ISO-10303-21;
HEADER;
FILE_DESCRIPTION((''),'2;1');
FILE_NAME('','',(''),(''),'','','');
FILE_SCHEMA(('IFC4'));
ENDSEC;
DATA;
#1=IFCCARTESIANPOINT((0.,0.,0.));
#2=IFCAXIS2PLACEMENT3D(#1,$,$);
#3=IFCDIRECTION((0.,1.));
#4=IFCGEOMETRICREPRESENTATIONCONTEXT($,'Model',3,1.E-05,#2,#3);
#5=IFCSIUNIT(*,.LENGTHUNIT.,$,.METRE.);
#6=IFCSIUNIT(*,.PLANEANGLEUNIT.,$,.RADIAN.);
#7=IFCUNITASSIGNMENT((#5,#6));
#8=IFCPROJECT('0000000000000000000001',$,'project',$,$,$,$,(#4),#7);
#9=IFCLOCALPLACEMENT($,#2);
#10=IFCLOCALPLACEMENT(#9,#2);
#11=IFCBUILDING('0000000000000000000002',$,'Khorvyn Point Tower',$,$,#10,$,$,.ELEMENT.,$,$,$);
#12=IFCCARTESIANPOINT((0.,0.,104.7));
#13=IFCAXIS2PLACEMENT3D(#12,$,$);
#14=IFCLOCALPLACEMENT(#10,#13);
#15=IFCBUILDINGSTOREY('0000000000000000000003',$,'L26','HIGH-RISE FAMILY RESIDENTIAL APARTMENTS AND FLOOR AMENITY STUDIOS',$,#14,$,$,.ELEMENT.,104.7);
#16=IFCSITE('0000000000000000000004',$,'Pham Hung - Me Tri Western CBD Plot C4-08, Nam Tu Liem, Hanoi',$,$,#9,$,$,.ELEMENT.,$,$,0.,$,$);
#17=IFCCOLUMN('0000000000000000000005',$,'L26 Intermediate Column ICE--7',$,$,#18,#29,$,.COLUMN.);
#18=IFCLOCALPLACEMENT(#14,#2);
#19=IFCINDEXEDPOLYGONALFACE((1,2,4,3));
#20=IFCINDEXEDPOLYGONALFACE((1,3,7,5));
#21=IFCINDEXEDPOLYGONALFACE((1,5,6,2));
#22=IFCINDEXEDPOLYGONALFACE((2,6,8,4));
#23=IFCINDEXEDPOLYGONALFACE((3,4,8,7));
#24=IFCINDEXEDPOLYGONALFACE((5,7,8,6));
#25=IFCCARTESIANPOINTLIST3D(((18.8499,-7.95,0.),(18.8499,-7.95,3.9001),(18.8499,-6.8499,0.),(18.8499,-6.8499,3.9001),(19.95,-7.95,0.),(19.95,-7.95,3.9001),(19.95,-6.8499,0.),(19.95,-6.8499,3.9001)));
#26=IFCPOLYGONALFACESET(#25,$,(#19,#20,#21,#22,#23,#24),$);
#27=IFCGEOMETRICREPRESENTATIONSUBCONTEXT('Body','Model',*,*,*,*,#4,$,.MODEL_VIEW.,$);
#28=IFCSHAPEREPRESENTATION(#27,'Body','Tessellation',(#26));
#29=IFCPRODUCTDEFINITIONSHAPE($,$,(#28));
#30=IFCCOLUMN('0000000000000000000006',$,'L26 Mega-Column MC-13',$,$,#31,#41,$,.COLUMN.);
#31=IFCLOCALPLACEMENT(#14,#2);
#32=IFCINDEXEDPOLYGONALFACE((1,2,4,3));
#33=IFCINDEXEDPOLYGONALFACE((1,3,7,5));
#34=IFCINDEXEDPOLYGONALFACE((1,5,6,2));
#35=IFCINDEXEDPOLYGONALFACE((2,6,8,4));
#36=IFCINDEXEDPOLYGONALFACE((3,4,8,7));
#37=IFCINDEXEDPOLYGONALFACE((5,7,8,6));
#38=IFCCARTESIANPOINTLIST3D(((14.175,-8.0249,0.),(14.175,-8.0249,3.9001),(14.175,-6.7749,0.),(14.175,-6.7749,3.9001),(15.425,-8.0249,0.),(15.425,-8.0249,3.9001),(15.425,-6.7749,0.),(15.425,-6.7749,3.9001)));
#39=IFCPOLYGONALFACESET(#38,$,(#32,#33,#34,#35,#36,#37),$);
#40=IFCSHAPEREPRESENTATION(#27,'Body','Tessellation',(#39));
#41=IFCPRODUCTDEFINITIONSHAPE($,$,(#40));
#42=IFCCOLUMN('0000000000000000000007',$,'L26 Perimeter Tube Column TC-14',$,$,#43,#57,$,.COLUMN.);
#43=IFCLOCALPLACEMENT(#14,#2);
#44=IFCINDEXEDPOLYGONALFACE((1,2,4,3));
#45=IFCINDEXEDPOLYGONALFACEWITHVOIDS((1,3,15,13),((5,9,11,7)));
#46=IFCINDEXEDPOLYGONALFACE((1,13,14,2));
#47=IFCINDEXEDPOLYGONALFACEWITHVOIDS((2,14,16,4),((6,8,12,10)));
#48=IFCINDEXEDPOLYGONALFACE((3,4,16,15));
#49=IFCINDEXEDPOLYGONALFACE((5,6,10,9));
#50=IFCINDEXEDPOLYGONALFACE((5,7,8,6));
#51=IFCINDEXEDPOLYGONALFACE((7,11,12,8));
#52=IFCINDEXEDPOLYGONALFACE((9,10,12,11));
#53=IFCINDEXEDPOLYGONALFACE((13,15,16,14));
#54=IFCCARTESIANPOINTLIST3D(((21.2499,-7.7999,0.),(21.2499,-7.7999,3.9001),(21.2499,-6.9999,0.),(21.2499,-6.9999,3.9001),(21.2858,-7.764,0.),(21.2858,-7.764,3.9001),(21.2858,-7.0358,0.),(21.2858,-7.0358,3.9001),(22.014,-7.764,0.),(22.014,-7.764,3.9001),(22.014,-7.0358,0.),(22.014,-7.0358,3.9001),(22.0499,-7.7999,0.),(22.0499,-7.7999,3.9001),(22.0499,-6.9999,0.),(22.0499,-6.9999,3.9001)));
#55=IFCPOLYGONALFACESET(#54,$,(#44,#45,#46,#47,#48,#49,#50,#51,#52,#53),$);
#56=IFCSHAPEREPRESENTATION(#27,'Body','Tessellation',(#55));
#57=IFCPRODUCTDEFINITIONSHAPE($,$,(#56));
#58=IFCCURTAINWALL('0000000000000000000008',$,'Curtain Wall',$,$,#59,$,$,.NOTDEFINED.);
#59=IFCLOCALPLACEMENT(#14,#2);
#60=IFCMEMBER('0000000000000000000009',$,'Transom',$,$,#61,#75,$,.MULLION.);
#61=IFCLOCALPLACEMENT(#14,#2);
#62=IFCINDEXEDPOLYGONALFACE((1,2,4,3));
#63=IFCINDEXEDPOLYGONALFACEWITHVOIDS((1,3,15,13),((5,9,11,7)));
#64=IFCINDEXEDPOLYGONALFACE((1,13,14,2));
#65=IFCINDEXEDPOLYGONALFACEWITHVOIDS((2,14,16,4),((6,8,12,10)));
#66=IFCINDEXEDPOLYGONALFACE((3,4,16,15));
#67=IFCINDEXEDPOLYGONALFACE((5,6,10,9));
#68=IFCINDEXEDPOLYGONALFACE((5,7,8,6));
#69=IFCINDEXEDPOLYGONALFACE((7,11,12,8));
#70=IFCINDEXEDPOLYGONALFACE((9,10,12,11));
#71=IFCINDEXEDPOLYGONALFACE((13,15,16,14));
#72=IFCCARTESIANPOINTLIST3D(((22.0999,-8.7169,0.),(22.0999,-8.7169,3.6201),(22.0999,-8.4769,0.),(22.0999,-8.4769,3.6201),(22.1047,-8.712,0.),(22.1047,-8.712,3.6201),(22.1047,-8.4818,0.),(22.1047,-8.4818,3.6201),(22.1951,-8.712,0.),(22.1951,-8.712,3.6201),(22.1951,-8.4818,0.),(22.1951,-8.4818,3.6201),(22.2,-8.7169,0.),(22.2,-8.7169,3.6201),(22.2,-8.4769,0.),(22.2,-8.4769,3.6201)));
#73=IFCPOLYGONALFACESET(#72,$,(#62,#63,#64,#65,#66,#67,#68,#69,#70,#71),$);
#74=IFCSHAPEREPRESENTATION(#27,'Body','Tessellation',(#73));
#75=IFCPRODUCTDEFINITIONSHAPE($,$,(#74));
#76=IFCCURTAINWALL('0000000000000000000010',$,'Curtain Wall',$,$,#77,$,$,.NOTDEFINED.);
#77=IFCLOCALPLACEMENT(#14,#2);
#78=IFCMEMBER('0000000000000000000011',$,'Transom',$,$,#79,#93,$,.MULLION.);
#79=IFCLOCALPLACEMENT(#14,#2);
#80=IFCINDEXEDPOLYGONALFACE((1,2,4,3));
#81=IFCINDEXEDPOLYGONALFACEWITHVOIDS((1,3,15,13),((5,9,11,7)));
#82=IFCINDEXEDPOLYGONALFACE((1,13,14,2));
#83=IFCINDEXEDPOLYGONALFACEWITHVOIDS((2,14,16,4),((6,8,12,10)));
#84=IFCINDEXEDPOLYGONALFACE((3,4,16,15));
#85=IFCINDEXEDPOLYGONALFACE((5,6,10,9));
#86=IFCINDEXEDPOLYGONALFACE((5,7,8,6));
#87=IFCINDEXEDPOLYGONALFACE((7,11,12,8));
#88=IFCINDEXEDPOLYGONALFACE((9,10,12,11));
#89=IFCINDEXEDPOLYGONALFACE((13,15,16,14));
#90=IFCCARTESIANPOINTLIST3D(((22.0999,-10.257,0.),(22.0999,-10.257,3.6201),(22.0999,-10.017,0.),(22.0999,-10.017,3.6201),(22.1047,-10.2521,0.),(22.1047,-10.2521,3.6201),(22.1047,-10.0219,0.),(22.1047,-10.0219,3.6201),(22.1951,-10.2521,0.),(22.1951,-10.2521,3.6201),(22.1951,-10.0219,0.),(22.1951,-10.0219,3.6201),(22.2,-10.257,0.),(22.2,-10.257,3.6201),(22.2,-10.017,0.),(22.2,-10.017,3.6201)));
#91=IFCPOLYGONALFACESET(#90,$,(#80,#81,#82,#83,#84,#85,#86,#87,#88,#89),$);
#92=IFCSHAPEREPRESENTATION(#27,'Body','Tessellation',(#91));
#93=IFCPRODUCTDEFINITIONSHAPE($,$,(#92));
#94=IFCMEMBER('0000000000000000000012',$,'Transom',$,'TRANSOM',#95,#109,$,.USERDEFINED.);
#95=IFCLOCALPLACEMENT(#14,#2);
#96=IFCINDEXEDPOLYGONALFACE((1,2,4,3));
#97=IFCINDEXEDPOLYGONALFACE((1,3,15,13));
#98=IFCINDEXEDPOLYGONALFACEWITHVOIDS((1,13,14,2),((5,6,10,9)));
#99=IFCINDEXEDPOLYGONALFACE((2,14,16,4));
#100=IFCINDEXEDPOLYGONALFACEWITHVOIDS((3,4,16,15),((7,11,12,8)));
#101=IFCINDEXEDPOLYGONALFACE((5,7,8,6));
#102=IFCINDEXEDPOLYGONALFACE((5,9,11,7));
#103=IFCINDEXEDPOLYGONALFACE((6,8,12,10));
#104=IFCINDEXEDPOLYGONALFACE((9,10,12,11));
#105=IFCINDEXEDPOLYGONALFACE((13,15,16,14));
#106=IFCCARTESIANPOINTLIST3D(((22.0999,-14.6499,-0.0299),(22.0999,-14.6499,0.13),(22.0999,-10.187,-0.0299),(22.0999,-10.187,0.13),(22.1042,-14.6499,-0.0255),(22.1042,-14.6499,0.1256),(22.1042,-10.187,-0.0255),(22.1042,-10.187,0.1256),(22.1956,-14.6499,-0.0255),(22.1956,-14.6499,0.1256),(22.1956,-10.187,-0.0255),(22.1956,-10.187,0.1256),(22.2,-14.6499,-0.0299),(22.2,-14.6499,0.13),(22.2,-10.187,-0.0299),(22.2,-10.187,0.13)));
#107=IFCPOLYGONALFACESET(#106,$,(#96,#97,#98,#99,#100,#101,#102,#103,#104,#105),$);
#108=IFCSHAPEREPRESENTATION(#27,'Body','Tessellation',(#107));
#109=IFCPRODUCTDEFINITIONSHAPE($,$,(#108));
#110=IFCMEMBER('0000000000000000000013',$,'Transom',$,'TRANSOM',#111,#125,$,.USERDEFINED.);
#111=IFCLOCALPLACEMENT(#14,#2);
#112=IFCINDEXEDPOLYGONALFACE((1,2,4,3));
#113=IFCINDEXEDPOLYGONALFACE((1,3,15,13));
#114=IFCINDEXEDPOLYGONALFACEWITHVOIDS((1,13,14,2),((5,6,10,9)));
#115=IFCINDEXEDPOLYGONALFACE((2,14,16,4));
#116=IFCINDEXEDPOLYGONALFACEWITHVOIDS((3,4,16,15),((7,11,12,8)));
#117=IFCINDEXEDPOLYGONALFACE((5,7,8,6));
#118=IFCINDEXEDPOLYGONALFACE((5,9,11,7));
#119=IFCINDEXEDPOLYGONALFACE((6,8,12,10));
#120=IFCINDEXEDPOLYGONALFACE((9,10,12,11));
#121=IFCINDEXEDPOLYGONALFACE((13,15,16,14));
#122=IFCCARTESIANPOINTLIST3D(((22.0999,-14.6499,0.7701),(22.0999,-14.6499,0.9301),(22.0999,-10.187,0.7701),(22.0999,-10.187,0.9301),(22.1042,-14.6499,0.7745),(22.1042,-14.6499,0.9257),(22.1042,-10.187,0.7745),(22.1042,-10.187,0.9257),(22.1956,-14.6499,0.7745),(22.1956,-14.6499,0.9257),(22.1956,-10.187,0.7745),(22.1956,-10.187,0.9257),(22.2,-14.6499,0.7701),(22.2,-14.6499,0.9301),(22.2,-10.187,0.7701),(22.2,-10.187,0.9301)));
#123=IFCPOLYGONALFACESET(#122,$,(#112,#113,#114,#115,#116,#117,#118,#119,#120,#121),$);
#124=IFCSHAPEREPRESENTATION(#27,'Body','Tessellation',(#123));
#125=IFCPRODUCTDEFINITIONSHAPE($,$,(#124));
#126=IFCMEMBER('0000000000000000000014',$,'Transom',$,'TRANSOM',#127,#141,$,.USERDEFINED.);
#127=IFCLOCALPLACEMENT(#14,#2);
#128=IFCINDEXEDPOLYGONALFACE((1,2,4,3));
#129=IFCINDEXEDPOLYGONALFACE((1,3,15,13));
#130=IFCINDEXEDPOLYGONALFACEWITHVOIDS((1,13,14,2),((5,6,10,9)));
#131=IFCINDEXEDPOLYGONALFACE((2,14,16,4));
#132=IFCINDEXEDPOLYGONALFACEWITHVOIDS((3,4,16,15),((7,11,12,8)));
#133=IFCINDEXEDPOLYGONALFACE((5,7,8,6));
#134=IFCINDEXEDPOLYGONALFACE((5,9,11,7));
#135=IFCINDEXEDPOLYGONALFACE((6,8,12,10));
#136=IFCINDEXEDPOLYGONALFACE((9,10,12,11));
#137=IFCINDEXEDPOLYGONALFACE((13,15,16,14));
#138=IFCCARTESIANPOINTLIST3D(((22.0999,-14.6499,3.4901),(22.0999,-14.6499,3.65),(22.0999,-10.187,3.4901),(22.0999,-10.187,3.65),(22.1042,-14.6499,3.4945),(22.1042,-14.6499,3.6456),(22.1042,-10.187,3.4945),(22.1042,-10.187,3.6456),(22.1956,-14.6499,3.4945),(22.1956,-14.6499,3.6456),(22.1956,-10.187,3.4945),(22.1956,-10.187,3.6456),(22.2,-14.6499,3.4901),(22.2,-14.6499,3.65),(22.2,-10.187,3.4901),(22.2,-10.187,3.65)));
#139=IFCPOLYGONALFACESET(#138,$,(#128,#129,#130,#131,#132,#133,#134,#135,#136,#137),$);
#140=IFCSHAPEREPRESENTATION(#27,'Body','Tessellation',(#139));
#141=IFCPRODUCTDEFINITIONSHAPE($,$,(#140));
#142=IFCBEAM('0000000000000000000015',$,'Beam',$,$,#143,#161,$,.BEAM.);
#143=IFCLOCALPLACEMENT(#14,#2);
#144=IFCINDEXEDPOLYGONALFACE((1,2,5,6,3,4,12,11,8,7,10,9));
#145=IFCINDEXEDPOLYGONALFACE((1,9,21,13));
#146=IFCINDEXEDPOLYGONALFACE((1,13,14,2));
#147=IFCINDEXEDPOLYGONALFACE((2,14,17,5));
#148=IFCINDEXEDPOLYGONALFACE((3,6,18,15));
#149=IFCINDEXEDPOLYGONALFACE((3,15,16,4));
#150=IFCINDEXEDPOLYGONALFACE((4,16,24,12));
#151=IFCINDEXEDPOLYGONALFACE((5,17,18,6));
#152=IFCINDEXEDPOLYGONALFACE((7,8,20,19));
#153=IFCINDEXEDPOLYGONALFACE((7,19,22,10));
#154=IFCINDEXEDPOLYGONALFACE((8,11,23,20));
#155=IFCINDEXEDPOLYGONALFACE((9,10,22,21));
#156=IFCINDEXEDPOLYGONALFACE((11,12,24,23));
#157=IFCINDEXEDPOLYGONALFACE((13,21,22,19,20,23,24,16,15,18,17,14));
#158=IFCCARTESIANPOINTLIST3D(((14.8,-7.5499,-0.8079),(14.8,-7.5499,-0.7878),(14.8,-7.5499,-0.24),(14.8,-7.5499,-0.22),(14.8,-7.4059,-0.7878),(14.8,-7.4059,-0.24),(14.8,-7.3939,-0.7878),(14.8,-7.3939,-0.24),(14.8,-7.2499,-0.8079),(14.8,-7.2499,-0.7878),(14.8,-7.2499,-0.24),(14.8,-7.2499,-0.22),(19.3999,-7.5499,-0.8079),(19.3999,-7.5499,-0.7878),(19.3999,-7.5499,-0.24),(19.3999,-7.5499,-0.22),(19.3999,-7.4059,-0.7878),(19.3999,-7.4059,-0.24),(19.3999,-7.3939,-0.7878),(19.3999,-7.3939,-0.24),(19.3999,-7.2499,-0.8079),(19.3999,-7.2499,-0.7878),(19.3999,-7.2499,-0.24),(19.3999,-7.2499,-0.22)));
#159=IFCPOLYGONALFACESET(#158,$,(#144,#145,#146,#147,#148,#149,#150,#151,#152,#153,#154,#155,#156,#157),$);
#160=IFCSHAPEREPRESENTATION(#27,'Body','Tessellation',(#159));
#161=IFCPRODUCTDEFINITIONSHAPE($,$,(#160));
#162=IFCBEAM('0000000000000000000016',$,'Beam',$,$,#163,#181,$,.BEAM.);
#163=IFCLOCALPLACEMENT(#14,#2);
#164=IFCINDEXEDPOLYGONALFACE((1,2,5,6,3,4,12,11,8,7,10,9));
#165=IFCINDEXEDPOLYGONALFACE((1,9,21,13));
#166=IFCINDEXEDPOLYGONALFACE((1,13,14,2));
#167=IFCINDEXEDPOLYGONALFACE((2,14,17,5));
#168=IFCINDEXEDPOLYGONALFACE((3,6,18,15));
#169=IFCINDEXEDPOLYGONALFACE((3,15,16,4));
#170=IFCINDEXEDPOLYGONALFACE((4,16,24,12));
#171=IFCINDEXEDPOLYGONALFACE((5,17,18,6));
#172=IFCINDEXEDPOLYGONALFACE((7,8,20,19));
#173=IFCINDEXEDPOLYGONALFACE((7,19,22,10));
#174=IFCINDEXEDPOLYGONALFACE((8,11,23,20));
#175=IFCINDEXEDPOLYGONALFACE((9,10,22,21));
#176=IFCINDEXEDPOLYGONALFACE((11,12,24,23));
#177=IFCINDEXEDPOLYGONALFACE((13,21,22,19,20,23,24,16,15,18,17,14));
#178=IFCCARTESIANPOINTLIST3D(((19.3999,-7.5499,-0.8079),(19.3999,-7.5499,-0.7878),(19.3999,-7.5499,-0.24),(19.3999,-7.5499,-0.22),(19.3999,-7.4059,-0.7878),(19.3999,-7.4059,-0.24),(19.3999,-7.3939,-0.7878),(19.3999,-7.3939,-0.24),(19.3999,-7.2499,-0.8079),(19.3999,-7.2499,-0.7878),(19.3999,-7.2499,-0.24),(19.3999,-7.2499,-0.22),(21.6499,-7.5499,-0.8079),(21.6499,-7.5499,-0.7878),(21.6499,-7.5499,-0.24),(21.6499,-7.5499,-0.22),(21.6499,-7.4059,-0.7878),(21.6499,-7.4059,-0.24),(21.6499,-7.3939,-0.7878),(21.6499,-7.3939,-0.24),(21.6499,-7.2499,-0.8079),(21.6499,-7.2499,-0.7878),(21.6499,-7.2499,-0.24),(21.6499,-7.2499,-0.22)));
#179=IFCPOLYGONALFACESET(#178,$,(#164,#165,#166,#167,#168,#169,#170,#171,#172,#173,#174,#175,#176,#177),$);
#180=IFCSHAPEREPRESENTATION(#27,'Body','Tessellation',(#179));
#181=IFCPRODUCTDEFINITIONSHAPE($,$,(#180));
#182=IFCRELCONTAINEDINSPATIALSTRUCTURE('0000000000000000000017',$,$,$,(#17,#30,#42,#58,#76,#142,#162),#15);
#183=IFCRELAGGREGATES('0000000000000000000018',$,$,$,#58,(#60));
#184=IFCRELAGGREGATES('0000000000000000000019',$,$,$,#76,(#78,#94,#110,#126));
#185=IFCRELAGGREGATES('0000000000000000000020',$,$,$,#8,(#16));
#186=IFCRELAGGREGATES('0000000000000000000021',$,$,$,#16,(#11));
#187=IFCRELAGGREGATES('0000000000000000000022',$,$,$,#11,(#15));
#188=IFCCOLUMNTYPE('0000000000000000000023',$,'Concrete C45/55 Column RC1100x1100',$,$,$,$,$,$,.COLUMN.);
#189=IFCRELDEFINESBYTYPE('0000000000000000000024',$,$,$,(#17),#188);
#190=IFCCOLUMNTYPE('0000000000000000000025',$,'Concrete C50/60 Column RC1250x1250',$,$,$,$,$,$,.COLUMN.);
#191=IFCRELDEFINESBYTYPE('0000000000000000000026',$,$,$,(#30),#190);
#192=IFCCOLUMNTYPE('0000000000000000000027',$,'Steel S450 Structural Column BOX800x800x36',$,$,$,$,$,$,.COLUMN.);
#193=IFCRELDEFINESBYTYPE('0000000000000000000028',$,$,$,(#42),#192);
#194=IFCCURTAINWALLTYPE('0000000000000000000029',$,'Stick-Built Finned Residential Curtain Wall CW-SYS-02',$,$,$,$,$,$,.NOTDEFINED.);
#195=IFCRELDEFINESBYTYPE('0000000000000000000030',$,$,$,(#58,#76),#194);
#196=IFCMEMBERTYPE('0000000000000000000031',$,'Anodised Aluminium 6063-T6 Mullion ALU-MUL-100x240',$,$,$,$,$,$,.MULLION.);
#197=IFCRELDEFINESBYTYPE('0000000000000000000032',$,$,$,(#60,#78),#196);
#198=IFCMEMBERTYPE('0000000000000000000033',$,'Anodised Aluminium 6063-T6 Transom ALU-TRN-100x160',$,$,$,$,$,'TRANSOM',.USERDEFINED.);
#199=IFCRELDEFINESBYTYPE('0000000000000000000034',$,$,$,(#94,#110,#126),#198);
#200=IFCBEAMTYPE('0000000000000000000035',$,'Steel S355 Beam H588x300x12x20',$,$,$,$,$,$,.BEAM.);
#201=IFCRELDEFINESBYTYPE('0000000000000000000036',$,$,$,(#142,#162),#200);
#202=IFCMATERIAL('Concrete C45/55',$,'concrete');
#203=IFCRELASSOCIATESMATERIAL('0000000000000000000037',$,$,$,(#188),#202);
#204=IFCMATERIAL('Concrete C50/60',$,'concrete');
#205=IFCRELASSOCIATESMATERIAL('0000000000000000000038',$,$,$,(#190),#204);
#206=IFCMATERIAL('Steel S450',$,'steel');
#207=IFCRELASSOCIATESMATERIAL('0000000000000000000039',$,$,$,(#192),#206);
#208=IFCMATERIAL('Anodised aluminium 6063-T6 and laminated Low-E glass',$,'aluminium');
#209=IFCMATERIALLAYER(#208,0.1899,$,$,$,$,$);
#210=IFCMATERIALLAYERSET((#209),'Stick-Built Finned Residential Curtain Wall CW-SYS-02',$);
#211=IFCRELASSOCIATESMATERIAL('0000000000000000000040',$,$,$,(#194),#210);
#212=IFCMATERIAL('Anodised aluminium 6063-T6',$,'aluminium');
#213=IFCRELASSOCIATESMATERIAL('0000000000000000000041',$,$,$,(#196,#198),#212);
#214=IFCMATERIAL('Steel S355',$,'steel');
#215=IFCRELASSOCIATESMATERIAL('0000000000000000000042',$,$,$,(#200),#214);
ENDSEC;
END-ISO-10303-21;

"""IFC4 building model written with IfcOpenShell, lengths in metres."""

from ifc_helpers import new_model, si_unit, direction, frame, origin, origin_2d, place, context, subcontext, project, spatial, rectangle, hollow_rectangle, i_section, extrude, material, layer, layer_set, material_profile, profile_set, type_object, element, aggregate, save


model = new_model("IFC4")

# Units and contexts
model_context = context("Model", 3, precision=1e-05, world=origin(), true_north=direction((0.0, 1.0)))
body_context = subcontext(model_context, "Body", "Model", "MODEL_VIEW")
ifc_project = project(units=[si_unit("LENGTHUNIT", "METRE"), si_unit("PLANEANGLEUNIT", "RADIAN")], contexts=[model_context])

# Site, building, storey
site_placement = place(None, origin())
site = spatial("IfcSite", under=ifc_project, at=site_placement, Name="Pham Hung - Me Tri Western CBD Plot C4-08, Nam Tu Liem, Hanoi", CompositionType="ELEMENT", RefElevation=0.0)
building_placement = place(site_placement, origin())
building = spatial("IfcBuilding", under=site, at=building_placement, Name="Khorvyn Point Tower", CompositionType="ELEMENT")
storey_placement = place(building_placement, frame((0.0, 0.0, 104.7)))
storey = spatial("IfcBuildingStorey", under=building, at=storey_placement, Name="L26", Description="HIGH-RISE FAMILY RESIDENTIAL APARTMENTS AND FLOOR AMENITY STUDIOS", CompositionType="ELEMENT", Elevation=104.7)

# Columns
ifc_material_1 = material(Name="Concrete C45/55", Category="concrete")
ifc_material_profile_1 = material_profile(ifc_material_1, rectangle(XDim=1.1001, YDim=1.1001, at=origin_2d()))
ifc_profile_set_1 = profile_set([ifc_material_profile_1], Name="Concrete C45/55 RC1100x1100")
column_type_1 = type_object("IfcColumnType", Name="Concrete C45/55 Column RC1100x1100", PredefinedType="COLUMN", material=ifc_profile_set_1)
column_1_placement = place(storey_placement, frame((19.3999, -7.3999, 0.0), z_axis=(0.0, 0.0, 1.0), x_axis=(1.0, 0.0, 0.0)))
element("IfcColumn", 1, at=column_1_placement, inside=storey, type_object=column_type_1, Name="L26 Intermediate Column ICE--7", PredefinedType="COLUMN", context=body_context, shape_type="SweptSolid", body=[
    extrude(rectangle(XDim=1.1001, YDim=1.1001, at=origin_2d()), origin(), (0.0, 0.0, 1.0), 3.9001),
])
ifc_material_2 = material(Name="Concrete C50/60", Category="concrete")
ifc_material_profile_2 = material_profile(ifc_material_2, rectangle(XDim=1.25, YDim=1.25, at=origin_2d()))
ifc_profile_set_2 = profile_set([ifc_material_profile_2], Name="Concrete C50/60 RC1250x1250")
column_type_2 = type_object("IfcColumnType", Name="Concrete C50/60 Column RC1250x1250", PredefinedType="COLUMN", material=ifc_profile_set_2)
column_2_placement = place(storey_placement, frame((14.8, -7.3999, 0.0), z_axis=(0.0, 0.0, 1.0), x_axis=(1.0, 0.0, 0.0)))
element("IfcColumn", 2, at=column_2_placement, inside=storey, type_object=column_type_2, Name="L26 Mega-Column MC-13", PredefinedType="COLUMN", context=body_context, shape_type="SweptSolid", body=[
    extrude(rectangle(XDim=1.25, YDim=1.25, at=origin_2d()), origin(), (0.0, 0.0, 1.0), 3.9001),
])
ifc_material_3 = material(Name="Steel S450", Category="steel")
ifc_material_profile_3 = material_profile(ifc_material_3, hollow_rectangle(XDim=0.8, YDim=0.8, WallThickness=0.0359, at=origin_2d()))
ifc_profile_set_3 = profile_set([ifc_material_profile_3], Name="Steel S450 BOX800x800x36")
column_type_3 = type_object("IfcColumnType", Name="Steel S450 Structural Column BOX800x800x36", PredefinedType="COLUMN", material=ifc_profile_set_3)
column_3_placement = place(storey_placement, frame((21.6499, -7.3999, 0.0), z_axis=(0.0, 0.0, 1.0), x_axis=(1.0, 0.0, 0.0)))
element("IfcColumn", 3, at=column_3_placement, inside=storey, type_object=column_type_3, Name="L26 Perimeter Tube Column TC-14", PredefinedType="COLUMN", context=body_context, shape_type="SweptSolid", body=[
    extrude(hollow_rectangle(XDim=0.8, YDim=0.8, WallThickness=0.0359, at=origin_2d()), origin(), (0.0, 0.0, 1.0), 3.9001),
])

# Curtain wall, member
ifc_material_4 = material(Name="Anodised aluminium 6063-T6 and laminated Low-E glass", Category="aluminium")
ifc_layer_1 = layer(ifc_material_4, 0.1899)
ifc_layer_set_1 = layer_set([ifc_layer_1], Name="Stick-Built Finned Residential Curtain Wall CW-SYS-02")
curtain_wall_type = type_object("IfcCurtainWallType", Name="Stick-Built Finned Residential Curtain Wall CW-SYS-02", PredefinedType="NOTDEFINED", material=ifc_layer_set_1)
curtain_wall_1_placement = place(storey_placement, origin())
curtain_wall_1 = element("IfcCurtainWall", 4, at=curtain_wall_1_placement, inside=storey, type_object=curtain_wall_type, Name="Curtain Wall", PredefinedType="NOTDEFINED")
ifc_material_5 = material(Name="Anodised aluminium 6063-T6", Category="aluminium")
ifc_material_profile_4 = material_profile(ifc_material_5, hollow_rectangle(XDim=0.1001, YDim=0.24, WallThickness=0.0049, at=origin_2d()))
ifc_profile_set_4 = profile_set([ifc_material_profile_4], Name="Anodised aluminium 6063-T6 ALU-MUL-100x240")
member_type_1 = type_object("IfcMemberType", Name="Anodised Aluminium 6063-T6 Mullion ALU-MUL-100x240", PredefinedType="MULLION", material=ifc_profile_set_4)
member_1_placement = place(storey_placement, frame((22.1499, -8.5969, 0.0), z_axis=(0.0, 0.0, 1.0), x_axis=(1.0, 0.0, 0.0)))
member_1 = element("IfcMember", 5, at=member_1_placement, type_object=member_type_1, Name="Transom", PredefinedType="MULLION", context=body_context, shape_type="SweptSolid", body=[
    extrude(hollow_rectangle(XDim=0.1001, YDim=0.24, WallThickness=0.0049, at=origin_2d()), origin(), (0.0, 0.0, 1.0), 3.6201),
])

# Curtain wall, members
curtain_wall_2_placement = place(storey_placement, origin())
curtain_wall_2 = element("IfcCurtainWall", 6, at=curtain_wall_2_placement, inside=storey, type_object=curtain_wall_type, Name="Curtain Wall", PredefinedType="NOTDEFINED")
member_2_placement = place(storey_placement, frame((22.1499, -10.137, 0.0), z_axis=(0.0, 0.0, 1.0), x_axis=(1.0, 0.0, 0.0)))
member_2 = element("IfcMember", 7, at=member_2_placement, type_object=member_type_1, Name="Transom", PredefinedType="MULLION", context=body_context, shape_type="SweptSolid", body=[
    extrude(hollow_rectangle(XDim=0.1001, YDim=0.24, WallThickness=0.0049, at=origin_2d()), origin(), (0.0, 0.0, 1.0), 3.6201),
])
ifc_material_profile_5 = material_profile(ifc_material_5, hollow_rectangle(XDim=0.1001, YDim=0.1599, WallThickness=0.0044, at=origin_2d()))
ifc_profile_set_5 = profile_set([ifc_material_profile_5], Name="Anodised aluminium 6063-T6 ALU-TRN-100x160")
member_type_2 = type_object("IfcMemberType", Name="Anodised Aluminium 6063-T6 Transom ALU-TRN-100x160", ElementType="TRANSOM", PredefinedType="USERDEFINED", material=ifc_profile_set_5)
member_3_placement = place(storey_placement, frame((22.1499, -10.187, 0.05), z_axis=(0.0, -1.0, 0.0), x_axis=(1.0, 0.0, 0.0)))
member_3 = element("IfcMember", 8, at=member_3_placement, type_object=member_type_2, Name="Transom", ObjectType="TRANSOM", PredefinedType="USERDEFINED", context=body_context, shape_type="SweptSolid", body=[
    extrude(hollow_rectangle(XDim=0.1001, YDim=0.1599, WallThickness=0.0044, at=origin_2d()), origin(), (0.0, 0.0, 1.0), 4.4629),
])
member_4_placement = place(storey_placement, frame((22.1499, -10.187, 0.8501), z_axis=(0.0, -1.0, 0.0), x_axis=(1.0, 0.0, 0.0)))
member_4 = element("IfcMember", 9, at=member_4_placement, type_object=member_type_2, Name="Transom", ObjectType="TRANSOM", PredefinedType="USERDEFINED", context=body_context, shape_type="SweptSolid", body=[
    extrude(hollow_rectangle(XDim=0.1001, YDim=0.1599, WallThickness=0.0044, at=origin_2d()), origin(), (0.0, 0.0, 1.0), 4.4629),
])
member_5_placement = place(storey_placement, frame((22.1499, -10.187, 3.5701), z_axis=(0.0, -1.0, 0.0), x_axis=(1.0, 0.0, 0.0)))
member_5 = element("IfcMember", 10, at=member_5_placement, type_object=member_type_2, Name="Transom", ObjectType="TRANSOM", PredefinedType="USERDEFINED", context=body_context, shape_type="SweptSolid", body=[
    extrude(hollow_rectangle(XDim=0.1001, YDim=0.1599, WallThickness=0.0044, at=origin_2d()), origin(), (0.0, 0.0, 1.0), 4.4629),
])

# Beams
ifc_material_6 = material(Name="Steel S355", Category="steel")
ifc_material_profile_6 = material_profile(ifc_material_6, i_section(OverallWidth=0.3, OverallDepth=0.5879, WebThickness=0.012, FlangeThickness=0.02, at=origin_2d()))
ifc_profile_set_6 = profile_set([ifc_material_profile_6], Name="Steel S355 H588x300x12x20")
beam_type_1 = type_object("IfcBeamType", Name="Steel S355 Beam H588x300x12x20", PredefinedType="BEAM", material=ifc_profile_set_6)
beam_1_placement = place(storey_placement, frame((14.8, -7.3999, -0.5139), z_axis=(1.0, 0.0, 0.0), x_axis=(0.0, 1.0, 0.0)))
element("IfcBeam", 11, at=beam_1_placement, inside=storey, type_object=beam_type_1, Name="Beam", PredefinedType="BEAM", context=body_context, shape_type="SweptSolid", body=[
    extrude(i_section(OverallWidth=0.3, OverallDepth=0.5879, WebThickness=0.012, FlangeThickness=0.02, at=origin_2d()), origin(), (0.0, 0.0, 1.0), 4.5999),
])
beam_2_placement = place(storey_placement, frame((19.3999, -7.3999, -0.5139), z_axis=(1.0, 0.0, 0.0), x_axis=(0.0, 1.0, 0.0)))
element("IfcBeam", 12, at=beam_2_placement, inside=storey, type_object=beam_type_1, Name="Beam", PredefinedType="BEAM", context=body_context, shape_type="SweptSolid", body=[
    extrude(i_section(OverallWidth=0.3, OverallDepth=0.5879, WebThickness=0.012, FlangeThickness=0.02, at=origin_2d()), origin(), (0.0, 0.0, 1.0), 2.25),
])

aggregate(curtain_wall_1, [member_1])
aggregate(curtain_wall_2, [member_2, member_3, member_4, member_5])

save(model, "model.ifc")
